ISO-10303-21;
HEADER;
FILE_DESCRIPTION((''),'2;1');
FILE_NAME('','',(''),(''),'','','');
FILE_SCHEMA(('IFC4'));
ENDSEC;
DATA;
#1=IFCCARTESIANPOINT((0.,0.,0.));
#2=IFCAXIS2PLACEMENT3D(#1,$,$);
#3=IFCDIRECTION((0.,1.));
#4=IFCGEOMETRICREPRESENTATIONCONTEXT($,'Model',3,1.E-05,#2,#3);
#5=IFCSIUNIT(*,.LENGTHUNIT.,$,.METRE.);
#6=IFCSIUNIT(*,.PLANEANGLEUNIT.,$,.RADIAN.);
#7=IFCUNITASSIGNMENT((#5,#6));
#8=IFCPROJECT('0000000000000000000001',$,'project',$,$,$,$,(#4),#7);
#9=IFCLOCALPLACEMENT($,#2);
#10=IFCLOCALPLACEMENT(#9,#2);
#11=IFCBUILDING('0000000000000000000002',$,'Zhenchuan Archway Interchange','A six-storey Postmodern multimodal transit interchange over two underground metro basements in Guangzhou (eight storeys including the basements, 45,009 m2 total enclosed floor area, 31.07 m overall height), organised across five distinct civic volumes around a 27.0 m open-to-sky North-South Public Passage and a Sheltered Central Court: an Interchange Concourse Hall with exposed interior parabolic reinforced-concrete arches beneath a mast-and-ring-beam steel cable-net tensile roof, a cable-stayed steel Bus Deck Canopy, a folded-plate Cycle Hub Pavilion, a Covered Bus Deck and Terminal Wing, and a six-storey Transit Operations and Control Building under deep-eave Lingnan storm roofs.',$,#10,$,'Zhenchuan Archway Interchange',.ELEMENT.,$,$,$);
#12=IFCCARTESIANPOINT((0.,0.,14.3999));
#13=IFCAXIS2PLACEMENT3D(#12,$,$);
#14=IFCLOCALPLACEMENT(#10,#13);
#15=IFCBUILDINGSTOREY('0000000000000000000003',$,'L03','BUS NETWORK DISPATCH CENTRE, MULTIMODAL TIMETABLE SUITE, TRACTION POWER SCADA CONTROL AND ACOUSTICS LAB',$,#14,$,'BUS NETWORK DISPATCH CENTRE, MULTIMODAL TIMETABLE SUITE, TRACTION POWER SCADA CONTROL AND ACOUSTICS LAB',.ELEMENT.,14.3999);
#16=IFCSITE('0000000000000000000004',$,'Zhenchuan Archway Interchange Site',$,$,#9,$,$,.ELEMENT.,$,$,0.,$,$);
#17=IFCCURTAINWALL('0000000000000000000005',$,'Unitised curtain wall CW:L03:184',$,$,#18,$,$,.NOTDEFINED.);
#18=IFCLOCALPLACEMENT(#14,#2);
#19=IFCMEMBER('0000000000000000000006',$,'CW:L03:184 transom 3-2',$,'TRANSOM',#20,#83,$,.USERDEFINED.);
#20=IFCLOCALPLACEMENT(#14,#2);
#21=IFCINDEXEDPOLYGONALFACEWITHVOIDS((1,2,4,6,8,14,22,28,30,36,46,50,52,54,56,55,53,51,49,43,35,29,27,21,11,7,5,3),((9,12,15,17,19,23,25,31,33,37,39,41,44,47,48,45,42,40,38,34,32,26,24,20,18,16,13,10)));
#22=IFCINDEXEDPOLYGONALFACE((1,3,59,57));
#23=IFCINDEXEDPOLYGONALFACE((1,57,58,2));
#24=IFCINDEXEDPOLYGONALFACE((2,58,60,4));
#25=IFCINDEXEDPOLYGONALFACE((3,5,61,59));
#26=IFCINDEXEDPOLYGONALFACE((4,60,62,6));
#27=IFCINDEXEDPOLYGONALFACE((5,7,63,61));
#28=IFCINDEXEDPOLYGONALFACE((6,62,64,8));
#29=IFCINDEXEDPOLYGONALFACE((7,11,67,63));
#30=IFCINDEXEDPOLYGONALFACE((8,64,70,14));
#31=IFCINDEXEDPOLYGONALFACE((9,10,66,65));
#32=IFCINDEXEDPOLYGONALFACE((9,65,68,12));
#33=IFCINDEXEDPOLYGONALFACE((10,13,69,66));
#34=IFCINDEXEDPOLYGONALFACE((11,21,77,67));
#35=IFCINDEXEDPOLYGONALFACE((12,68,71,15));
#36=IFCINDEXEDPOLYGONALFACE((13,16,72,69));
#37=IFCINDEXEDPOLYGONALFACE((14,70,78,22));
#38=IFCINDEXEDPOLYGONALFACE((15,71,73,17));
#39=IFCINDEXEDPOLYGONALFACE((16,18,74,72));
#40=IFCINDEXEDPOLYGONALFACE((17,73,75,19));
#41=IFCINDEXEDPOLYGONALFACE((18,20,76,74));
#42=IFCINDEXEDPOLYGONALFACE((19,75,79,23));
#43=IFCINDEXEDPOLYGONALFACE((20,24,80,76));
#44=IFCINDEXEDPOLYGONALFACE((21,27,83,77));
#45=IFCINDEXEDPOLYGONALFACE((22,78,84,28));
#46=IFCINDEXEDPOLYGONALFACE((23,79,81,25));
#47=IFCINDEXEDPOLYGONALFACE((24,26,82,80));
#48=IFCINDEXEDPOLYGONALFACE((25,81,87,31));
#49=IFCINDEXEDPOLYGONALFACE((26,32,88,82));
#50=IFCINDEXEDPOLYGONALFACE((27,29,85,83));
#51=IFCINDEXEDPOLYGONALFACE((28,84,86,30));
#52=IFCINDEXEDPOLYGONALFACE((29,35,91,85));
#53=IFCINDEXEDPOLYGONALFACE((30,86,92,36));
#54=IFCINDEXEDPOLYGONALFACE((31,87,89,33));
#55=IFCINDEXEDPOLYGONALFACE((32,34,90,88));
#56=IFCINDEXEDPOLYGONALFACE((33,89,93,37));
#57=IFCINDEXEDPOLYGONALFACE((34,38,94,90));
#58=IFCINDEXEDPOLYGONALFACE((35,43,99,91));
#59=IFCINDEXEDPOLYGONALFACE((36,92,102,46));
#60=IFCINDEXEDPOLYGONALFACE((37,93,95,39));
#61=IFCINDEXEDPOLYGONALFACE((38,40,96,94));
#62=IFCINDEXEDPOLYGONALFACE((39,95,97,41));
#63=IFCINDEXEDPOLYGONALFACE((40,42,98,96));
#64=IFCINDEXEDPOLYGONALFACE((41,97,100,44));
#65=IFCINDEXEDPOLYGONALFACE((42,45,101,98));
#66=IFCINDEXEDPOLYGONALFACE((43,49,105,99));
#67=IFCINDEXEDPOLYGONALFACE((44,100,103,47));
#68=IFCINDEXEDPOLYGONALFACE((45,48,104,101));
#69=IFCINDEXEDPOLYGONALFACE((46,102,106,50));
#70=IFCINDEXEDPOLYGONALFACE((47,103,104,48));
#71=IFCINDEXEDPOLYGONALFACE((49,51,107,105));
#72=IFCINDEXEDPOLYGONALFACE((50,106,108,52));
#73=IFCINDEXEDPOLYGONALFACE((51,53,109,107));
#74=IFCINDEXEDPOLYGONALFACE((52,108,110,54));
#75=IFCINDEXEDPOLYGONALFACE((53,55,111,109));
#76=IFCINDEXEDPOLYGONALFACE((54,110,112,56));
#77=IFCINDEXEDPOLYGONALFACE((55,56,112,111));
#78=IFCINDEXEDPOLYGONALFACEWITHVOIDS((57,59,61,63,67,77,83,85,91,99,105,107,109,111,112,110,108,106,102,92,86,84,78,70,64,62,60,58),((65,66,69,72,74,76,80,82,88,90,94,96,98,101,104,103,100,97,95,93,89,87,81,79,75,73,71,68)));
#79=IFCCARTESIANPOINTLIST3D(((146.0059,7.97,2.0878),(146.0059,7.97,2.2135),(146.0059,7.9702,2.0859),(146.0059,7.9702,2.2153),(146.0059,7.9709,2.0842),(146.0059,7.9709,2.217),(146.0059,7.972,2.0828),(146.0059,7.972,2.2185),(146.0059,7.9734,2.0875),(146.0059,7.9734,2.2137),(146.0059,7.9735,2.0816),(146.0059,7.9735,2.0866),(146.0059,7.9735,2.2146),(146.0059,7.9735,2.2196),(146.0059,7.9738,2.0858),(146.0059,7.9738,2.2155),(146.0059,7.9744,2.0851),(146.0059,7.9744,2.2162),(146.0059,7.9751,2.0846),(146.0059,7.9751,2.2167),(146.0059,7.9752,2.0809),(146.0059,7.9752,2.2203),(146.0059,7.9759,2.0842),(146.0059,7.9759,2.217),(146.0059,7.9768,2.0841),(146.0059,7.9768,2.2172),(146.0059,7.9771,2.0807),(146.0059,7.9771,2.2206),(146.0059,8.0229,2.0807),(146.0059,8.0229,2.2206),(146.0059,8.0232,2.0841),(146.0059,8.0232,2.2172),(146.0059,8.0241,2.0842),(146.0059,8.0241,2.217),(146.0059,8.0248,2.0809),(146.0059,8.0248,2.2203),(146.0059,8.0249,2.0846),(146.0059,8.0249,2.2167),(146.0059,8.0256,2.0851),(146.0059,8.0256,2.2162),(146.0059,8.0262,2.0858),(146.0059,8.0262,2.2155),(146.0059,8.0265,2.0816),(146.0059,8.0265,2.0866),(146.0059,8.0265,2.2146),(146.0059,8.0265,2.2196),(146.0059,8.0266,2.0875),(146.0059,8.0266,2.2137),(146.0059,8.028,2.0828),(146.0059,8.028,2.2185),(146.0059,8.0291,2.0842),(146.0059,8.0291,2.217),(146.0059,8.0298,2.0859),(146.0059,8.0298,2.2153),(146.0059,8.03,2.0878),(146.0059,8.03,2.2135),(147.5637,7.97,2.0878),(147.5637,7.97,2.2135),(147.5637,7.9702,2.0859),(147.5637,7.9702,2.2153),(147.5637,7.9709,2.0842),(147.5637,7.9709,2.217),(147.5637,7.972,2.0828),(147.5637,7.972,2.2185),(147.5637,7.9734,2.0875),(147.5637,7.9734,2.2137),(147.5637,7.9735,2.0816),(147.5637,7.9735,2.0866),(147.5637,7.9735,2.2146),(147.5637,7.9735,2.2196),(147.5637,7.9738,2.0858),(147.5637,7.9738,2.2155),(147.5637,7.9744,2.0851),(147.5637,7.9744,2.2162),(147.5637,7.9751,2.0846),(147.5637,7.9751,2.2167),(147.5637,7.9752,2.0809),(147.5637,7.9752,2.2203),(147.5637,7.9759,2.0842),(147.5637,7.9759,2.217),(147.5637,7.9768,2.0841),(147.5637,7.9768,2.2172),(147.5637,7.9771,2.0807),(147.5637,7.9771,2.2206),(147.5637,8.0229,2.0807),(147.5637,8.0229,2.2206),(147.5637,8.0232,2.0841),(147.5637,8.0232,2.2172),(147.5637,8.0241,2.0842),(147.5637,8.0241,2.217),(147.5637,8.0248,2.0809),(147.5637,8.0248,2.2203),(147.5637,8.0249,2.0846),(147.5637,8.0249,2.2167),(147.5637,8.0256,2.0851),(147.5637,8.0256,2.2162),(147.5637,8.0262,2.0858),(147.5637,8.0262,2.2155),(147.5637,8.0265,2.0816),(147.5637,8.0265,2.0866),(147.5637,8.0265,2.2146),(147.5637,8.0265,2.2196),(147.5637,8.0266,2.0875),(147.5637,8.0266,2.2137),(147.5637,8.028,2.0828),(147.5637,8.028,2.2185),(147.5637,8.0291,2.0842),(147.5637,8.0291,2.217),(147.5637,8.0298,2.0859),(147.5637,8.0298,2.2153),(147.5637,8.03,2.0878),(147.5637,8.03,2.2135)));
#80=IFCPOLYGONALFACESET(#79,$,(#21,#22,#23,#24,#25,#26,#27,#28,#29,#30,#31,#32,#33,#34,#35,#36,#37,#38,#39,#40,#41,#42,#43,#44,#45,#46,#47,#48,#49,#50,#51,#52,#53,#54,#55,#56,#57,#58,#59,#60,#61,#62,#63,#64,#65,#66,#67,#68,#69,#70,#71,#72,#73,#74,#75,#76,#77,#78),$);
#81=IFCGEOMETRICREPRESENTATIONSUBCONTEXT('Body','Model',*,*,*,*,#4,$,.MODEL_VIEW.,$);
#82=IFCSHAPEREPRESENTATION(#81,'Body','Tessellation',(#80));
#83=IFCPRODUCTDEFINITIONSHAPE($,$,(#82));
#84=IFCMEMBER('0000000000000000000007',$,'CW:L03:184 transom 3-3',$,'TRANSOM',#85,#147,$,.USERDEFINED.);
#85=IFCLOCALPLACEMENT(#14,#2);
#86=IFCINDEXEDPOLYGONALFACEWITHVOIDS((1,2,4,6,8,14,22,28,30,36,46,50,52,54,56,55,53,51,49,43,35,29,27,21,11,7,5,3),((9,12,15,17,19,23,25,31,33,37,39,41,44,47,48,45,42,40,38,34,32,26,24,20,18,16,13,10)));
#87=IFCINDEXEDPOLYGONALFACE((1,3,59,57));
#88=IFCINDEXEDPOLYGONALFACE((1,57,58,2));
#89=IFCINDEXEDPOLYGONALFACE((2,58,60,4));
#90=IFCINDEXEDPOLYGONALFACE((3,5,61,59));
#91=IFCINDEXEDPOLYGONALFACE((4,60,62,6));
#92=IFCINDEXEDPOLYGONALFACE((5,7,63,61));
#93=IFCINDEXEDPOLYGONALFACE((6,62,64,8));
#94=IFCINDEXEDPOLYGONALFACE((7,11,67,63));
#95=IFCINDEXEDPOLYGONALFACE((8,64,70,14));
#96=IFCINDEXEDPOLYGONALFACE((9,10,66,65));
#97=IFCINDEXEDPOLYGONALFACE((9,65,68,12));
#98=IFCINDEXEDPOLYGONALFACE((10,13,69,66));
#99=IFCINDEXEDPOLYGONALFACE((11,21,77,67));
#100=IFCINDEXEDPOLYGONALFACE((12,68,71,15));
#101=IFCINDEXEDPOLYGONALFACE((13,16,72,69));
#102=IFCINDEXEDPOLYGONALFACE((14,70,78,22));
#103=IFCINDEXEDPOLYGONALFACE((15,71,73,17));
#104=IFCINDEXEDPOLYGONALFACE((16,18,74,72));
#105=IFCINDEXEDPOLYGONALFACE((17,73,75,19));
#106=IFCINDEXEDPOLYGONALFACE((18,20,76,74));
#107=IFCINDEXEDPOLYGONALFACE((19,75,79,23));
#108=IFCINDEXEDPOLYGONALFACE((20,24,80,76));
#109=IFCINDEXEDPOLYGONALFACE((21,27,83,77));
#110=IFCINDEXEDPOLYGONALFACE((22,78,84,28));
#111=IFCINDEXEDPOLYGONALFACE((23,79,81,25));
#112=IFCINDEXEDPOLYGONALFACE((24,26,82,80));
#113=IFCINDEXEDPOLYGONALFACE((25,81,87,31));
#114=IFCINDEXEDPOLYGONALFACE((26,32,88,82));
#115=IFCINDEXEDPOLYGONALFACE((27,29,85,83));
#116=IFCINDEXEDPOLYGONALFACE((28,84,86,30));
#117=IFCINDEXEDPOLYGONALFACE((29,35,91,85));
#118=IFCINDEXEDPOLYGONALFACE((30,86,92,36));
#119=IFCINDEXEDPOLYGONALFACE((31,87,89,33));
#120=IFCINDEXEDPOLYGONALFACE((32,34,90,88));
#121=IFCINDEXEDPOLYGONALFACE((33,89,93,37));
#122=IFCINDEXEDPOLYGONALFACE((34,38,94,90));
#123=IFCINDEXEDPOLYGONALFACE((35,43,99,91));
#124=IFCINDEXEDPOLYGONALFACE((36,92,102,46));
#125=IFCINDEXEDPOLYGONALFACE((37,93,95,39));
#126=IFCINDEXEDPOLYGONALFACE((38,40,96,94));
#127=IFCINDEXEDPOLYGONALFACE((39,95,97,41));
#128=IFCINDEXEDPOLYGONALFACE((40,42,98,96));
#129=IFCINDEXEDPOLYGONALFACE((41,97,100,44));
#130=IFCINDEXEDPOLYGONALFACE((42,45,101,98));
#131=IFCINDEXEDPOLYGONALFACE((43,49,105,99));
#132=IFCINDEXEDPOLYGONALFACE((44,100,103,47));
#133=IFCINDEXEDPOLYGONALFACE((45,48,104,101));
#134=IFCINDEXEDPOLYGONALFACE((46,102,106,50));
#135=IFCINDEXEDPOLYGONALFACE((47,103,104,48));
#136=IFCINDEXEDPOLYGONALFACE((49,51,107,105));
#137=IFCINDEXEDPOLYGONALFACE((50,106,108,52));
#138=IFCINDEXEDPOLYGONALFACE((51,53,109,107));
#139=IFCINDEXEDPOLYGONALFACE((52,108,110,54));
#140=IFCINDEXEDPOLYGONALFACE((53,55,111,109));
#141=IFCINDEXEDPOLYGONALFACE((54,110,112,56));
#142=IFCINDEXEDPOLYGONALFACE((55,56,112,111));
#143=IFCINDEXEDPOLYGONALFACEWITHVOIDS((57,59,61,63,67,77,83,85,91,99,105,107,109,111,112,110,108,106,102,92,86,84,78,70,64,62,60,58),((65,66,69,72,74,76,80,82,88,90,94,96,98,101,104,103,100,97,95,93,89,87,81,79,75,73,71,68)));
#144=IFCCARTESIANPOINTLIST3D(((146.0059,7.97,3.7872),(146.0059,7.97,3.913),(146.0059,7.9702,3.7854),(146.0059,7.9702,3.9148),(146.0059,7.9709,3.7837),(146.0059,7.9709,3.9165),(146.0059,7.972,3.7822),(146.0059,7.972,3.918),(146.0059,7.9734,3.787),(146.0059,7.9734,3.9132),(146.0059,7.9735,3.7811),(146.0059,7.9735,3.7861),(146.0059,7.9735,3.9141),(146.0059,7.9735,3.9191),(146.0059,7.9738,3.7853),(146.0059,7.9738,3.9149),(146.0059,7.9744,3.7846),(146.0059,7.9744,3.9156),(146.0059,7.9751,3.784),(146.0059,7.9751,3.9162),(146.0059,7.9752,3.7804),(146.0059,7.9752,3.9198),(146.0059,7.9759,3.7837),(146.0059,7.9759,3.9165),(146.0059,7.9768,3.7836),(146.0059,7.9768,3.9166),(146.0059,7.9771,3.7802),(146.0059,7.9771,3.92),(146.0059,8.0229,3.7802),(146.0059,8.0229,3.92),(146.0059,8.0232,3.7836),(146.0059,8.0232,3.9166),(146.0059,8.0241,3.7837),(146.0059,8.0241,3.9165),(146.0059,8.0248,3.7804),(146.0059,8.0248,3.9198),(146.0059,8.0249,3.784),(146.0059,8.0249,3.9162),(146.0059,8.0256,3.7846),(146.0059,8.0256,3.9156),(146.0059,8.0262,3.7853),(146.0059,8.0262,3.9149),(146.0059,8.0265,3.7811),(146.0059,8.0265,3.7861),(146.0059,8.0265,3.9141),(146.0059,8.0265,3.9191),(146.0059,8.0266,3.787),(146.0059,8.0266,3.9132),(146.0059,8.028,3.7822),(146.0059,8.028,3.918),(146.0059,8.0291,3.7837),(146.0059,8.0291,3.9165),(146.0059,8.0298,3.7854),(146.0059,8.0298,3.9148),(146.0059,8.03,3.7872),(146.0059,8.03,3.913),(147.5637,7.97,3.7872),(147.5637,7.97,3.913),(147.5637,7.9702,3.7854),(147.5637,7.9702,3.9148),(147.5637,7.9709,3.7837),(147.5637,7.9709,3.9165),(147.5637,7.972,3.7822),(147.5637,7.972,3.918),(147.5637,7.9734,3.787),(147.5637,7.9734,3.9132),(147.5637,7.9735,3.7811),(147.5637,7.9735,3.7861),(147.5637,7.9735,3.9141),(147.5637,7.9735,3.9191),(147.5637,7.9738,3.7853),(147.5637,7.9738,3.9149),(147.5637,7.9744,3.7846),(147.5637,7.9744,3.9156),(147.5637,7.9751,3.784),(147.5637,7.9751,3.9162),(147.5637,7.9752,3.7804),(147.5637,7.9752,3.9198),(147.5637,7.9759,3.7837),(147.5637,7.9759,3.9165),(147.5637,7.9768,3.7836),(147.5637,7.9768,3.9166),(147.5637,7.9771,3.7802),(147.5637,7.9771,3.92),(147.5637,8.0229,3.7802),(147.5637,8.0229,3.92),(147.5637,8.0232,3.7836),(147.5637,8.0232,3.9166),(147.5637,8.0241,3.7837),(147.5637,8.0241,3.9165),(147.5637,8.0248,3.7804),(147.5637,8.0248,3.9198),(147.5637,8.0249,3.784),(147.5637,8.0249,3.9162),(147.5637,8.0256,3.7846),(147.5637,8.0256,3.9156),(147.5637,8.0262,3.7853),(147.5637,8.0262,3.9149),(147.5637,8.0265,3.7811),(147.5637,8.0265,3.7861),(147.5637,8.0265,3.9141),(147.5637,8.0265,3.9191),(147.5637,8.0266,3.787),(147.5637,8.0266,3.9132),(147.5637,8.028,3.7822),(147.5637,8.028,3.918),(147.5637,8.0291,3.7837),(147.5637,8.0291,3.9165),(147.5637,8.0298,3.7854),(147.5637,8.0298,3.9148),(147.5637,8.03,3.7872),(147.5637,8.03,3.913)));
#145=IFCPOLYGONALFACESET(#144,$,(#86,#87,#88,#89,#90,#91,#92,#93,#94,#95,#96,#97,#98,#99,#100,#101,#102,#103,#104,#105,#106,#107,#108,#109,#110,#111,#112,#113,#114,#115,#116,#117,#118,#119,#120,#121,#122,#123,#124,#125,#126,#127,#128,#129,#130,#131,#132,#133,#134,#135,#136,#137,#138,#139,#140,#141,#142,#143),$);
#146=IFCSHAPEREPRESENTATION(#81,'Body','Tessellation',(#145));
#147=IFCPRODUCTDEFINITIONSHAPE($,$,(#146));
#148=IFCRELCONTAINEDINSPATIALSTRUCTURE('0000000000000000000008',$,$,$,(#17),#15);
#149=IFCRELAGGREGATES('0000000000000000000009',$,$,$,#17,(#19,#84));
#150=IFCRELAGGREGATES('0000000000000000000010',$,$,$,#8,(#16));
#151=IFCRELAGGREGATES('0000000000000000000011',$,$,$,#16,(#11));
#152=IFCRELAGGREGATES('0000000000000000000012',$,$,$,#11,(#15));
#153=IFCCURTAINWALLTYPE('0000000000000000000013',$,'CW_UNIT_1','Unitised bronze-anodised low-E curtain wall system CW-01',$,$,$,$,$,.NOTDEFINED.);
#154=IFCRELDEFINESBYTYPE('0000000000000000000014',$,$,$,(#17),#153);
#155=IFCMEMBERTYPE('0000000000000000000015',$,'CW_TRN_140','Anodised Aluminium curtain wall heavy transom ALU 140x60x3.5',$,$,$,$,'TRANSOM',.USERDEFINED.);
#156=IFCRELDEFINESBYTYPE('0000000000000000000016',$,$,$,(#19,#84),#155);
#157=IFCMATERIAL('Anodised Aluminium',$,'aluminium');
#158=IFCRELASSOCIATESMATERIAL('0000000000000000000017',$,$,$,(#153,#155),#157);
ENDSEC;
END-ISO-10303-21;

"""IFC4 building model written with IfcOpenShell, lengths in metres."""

from ifc_helpers import new_model, si_unit, direction, frame, origin, origin_2d, place, context, subcontext, project, spatial, hollow_rectangle, extrude, material, material_profile, profile_set, type_object, element, aggregate, save


model = new_model("IFC4")

# Units and contexts
model_context = context("Model", 3, precision=1e-05, world=origin(), true_north=direction((0.0, 1.0)))
body_context = subcontext(model_context, "Body", "Model", "MODEL_VIEW")
ifc_project = project(units=[si_unit("LENGTHUNIT", "METRE"), si_unit("PLANEANGLEUNIT", "RADIAN")], contexts=[model_context])

# Site, building, storey
site_placement = place(None, origin())
site = spatial("IfcSite", under=ifc_project, at=site_placement, Name="Zhenchuan Archway Interchange Site", CompositionType="ELEMENT", RefElevation=0.0)
building_placement = place(site_placement, origin())
building = spatial("IfcBuilding", under=site, at=building_placement, Name="Zhenchuan Archway Interchange", Description="A six-storey Postmodern multimodal transit interchange over two underground metro basements in Guangzhou (eight storeys including the basements, 45,009 m2 total enclosed floor area, 31.07 m overall height), organised across five distinct civic volumes around a 27.0 m open-to-sky North-South Public Passage and a Sheltered Central Court: an Interchange Concourse Hall with exposed interior parabolic reinforced-concrete arches beneath a mast-and-ring-beam steel cable-net tensile roof, a cable-stayed steel Bus Deck Canopy, a folded-plate Cycle Hub Pavilion, a Covered Bus Deck and Terminal Wing, and a six-storey Transit Operations and Control Building under deep-eave Lingnan storm roofs.", LongName="Zhenchuan Archway Interchange", CompositionType="ELEMENT")
storey_placement = place(building_placement, frame((0.0, 0.0, 14.3999)))
storey = spatial("IfcBuildingStorey", under=building, at=storey_placement, Name="L03", Description="BUS NETWORK DISPATCH CENTRE, MULTIMODAL TIMETABLE SUITE, TRACTION POWER SCADA CONTROL AND ACOUSTICS LAB", LongName="BUS NETWORK DISPATCH CENTRE, MULTIMODAL TIMETABLE SUITE, TRACTION POWER SCADA CONTROL AND ACOUSTICS LAB", CompositionType="ELEMENT", Elevation=14.3999)

# Curtain wall, members
ifc_material_1 = material(Name="Anodised Aluminium", Category="aluminium")
curtain_wall_type = type_object("IfcCurtainWallType", Name="CW_UNIT_1", Description="Unitised bronze-anodised low-E curtain wall system CW-01", PredefinedType="NOTDEFINED", material=ifc_material_1)
curtain_wall_placement = place(storey_placement, origin())
curtain_wall = element("IfcCurtainWall", 1, at=curtain_wall_placement, inside=storey, type_object=curtain_wall_type, Name="Unitised curtain wall CW:L03:184", PredefinedType="NOTDEFINED")
ifc_material_profile_1 = material_profile(ifc_material_1, hollow_rectangle(XDim=0.0601, YDim=0.1399, WallThickness=0.0034, InnerFilletRadius=0.0034, OuterFilletRadius=0.0071, at=origin_2d()), Name="ALU 140x60x3.5")
ifc_profile_set_1 = profile_set([ifc_material_profile_1], Name="Anodised Aluminium")
member_type_1 = type_object("IfcMemberType", Name="CW_TRN_140", Description="Anodised Aluminium curtain wall heavy transom ALU 140x60x3.5", ElementType="TRANSOM", PredefinedType="USERDEFINED", material=ifc_profile_set_1)
member_1_placement = place(storey_placement, frame((147.5637, 8.0, 2.1506), z_axis=(-1.0, 0.0, 0.0), x_axis=(0.0, -1.0, 0.0)))
member_1 = element("IfcMember", 2, at=member_1_placement, type_object=member_type_1, Name="CW:L03:184 transom 3-2", ObjectType="TRANSOM", PredefinedType="USERDEFINED", context=body_context, shape_type="SweptSolid", body=[
    extrude(hollow_rectangle(XDim=0.0601, YDim=0.1399, WallThickness=0.0034, InnerFilletRadius=0.0034, OuterFilletRadius=0.0071, at=origin_2d()), origin(), (0.0, 0.0, 1.0), 1.5579),
])
member_2_placement = place(storey_placement, frame((147.5637, 8.0, 3.8501), z_axis=(-1.0, 0.0, 0.0), x_axis=(0.0, -1.0, 0.0)))
member_2 = element("IfcMember", 3, at=member_2_placement, type_object=member_type_1, Name="CW:L03:184 transom 3-3", ObjectType="TRANSOM", PredefinedType="USERDEFINED", context=body_context, shape_type="SweptSolid", body=[
    extrude(hollow_rectangle(XDim=0.0601, YDim=0.1399, WallThickness=0.0034, InnerFilletRadius=0.0034, OuterFilletRadius=0.0071, at=origin_2d()), origin(), (0.0, 0.0, 1.0), 1.5579),
])

aggregate(curtain_wall, [member_1, member_2])

save(model, "model.ifc")
